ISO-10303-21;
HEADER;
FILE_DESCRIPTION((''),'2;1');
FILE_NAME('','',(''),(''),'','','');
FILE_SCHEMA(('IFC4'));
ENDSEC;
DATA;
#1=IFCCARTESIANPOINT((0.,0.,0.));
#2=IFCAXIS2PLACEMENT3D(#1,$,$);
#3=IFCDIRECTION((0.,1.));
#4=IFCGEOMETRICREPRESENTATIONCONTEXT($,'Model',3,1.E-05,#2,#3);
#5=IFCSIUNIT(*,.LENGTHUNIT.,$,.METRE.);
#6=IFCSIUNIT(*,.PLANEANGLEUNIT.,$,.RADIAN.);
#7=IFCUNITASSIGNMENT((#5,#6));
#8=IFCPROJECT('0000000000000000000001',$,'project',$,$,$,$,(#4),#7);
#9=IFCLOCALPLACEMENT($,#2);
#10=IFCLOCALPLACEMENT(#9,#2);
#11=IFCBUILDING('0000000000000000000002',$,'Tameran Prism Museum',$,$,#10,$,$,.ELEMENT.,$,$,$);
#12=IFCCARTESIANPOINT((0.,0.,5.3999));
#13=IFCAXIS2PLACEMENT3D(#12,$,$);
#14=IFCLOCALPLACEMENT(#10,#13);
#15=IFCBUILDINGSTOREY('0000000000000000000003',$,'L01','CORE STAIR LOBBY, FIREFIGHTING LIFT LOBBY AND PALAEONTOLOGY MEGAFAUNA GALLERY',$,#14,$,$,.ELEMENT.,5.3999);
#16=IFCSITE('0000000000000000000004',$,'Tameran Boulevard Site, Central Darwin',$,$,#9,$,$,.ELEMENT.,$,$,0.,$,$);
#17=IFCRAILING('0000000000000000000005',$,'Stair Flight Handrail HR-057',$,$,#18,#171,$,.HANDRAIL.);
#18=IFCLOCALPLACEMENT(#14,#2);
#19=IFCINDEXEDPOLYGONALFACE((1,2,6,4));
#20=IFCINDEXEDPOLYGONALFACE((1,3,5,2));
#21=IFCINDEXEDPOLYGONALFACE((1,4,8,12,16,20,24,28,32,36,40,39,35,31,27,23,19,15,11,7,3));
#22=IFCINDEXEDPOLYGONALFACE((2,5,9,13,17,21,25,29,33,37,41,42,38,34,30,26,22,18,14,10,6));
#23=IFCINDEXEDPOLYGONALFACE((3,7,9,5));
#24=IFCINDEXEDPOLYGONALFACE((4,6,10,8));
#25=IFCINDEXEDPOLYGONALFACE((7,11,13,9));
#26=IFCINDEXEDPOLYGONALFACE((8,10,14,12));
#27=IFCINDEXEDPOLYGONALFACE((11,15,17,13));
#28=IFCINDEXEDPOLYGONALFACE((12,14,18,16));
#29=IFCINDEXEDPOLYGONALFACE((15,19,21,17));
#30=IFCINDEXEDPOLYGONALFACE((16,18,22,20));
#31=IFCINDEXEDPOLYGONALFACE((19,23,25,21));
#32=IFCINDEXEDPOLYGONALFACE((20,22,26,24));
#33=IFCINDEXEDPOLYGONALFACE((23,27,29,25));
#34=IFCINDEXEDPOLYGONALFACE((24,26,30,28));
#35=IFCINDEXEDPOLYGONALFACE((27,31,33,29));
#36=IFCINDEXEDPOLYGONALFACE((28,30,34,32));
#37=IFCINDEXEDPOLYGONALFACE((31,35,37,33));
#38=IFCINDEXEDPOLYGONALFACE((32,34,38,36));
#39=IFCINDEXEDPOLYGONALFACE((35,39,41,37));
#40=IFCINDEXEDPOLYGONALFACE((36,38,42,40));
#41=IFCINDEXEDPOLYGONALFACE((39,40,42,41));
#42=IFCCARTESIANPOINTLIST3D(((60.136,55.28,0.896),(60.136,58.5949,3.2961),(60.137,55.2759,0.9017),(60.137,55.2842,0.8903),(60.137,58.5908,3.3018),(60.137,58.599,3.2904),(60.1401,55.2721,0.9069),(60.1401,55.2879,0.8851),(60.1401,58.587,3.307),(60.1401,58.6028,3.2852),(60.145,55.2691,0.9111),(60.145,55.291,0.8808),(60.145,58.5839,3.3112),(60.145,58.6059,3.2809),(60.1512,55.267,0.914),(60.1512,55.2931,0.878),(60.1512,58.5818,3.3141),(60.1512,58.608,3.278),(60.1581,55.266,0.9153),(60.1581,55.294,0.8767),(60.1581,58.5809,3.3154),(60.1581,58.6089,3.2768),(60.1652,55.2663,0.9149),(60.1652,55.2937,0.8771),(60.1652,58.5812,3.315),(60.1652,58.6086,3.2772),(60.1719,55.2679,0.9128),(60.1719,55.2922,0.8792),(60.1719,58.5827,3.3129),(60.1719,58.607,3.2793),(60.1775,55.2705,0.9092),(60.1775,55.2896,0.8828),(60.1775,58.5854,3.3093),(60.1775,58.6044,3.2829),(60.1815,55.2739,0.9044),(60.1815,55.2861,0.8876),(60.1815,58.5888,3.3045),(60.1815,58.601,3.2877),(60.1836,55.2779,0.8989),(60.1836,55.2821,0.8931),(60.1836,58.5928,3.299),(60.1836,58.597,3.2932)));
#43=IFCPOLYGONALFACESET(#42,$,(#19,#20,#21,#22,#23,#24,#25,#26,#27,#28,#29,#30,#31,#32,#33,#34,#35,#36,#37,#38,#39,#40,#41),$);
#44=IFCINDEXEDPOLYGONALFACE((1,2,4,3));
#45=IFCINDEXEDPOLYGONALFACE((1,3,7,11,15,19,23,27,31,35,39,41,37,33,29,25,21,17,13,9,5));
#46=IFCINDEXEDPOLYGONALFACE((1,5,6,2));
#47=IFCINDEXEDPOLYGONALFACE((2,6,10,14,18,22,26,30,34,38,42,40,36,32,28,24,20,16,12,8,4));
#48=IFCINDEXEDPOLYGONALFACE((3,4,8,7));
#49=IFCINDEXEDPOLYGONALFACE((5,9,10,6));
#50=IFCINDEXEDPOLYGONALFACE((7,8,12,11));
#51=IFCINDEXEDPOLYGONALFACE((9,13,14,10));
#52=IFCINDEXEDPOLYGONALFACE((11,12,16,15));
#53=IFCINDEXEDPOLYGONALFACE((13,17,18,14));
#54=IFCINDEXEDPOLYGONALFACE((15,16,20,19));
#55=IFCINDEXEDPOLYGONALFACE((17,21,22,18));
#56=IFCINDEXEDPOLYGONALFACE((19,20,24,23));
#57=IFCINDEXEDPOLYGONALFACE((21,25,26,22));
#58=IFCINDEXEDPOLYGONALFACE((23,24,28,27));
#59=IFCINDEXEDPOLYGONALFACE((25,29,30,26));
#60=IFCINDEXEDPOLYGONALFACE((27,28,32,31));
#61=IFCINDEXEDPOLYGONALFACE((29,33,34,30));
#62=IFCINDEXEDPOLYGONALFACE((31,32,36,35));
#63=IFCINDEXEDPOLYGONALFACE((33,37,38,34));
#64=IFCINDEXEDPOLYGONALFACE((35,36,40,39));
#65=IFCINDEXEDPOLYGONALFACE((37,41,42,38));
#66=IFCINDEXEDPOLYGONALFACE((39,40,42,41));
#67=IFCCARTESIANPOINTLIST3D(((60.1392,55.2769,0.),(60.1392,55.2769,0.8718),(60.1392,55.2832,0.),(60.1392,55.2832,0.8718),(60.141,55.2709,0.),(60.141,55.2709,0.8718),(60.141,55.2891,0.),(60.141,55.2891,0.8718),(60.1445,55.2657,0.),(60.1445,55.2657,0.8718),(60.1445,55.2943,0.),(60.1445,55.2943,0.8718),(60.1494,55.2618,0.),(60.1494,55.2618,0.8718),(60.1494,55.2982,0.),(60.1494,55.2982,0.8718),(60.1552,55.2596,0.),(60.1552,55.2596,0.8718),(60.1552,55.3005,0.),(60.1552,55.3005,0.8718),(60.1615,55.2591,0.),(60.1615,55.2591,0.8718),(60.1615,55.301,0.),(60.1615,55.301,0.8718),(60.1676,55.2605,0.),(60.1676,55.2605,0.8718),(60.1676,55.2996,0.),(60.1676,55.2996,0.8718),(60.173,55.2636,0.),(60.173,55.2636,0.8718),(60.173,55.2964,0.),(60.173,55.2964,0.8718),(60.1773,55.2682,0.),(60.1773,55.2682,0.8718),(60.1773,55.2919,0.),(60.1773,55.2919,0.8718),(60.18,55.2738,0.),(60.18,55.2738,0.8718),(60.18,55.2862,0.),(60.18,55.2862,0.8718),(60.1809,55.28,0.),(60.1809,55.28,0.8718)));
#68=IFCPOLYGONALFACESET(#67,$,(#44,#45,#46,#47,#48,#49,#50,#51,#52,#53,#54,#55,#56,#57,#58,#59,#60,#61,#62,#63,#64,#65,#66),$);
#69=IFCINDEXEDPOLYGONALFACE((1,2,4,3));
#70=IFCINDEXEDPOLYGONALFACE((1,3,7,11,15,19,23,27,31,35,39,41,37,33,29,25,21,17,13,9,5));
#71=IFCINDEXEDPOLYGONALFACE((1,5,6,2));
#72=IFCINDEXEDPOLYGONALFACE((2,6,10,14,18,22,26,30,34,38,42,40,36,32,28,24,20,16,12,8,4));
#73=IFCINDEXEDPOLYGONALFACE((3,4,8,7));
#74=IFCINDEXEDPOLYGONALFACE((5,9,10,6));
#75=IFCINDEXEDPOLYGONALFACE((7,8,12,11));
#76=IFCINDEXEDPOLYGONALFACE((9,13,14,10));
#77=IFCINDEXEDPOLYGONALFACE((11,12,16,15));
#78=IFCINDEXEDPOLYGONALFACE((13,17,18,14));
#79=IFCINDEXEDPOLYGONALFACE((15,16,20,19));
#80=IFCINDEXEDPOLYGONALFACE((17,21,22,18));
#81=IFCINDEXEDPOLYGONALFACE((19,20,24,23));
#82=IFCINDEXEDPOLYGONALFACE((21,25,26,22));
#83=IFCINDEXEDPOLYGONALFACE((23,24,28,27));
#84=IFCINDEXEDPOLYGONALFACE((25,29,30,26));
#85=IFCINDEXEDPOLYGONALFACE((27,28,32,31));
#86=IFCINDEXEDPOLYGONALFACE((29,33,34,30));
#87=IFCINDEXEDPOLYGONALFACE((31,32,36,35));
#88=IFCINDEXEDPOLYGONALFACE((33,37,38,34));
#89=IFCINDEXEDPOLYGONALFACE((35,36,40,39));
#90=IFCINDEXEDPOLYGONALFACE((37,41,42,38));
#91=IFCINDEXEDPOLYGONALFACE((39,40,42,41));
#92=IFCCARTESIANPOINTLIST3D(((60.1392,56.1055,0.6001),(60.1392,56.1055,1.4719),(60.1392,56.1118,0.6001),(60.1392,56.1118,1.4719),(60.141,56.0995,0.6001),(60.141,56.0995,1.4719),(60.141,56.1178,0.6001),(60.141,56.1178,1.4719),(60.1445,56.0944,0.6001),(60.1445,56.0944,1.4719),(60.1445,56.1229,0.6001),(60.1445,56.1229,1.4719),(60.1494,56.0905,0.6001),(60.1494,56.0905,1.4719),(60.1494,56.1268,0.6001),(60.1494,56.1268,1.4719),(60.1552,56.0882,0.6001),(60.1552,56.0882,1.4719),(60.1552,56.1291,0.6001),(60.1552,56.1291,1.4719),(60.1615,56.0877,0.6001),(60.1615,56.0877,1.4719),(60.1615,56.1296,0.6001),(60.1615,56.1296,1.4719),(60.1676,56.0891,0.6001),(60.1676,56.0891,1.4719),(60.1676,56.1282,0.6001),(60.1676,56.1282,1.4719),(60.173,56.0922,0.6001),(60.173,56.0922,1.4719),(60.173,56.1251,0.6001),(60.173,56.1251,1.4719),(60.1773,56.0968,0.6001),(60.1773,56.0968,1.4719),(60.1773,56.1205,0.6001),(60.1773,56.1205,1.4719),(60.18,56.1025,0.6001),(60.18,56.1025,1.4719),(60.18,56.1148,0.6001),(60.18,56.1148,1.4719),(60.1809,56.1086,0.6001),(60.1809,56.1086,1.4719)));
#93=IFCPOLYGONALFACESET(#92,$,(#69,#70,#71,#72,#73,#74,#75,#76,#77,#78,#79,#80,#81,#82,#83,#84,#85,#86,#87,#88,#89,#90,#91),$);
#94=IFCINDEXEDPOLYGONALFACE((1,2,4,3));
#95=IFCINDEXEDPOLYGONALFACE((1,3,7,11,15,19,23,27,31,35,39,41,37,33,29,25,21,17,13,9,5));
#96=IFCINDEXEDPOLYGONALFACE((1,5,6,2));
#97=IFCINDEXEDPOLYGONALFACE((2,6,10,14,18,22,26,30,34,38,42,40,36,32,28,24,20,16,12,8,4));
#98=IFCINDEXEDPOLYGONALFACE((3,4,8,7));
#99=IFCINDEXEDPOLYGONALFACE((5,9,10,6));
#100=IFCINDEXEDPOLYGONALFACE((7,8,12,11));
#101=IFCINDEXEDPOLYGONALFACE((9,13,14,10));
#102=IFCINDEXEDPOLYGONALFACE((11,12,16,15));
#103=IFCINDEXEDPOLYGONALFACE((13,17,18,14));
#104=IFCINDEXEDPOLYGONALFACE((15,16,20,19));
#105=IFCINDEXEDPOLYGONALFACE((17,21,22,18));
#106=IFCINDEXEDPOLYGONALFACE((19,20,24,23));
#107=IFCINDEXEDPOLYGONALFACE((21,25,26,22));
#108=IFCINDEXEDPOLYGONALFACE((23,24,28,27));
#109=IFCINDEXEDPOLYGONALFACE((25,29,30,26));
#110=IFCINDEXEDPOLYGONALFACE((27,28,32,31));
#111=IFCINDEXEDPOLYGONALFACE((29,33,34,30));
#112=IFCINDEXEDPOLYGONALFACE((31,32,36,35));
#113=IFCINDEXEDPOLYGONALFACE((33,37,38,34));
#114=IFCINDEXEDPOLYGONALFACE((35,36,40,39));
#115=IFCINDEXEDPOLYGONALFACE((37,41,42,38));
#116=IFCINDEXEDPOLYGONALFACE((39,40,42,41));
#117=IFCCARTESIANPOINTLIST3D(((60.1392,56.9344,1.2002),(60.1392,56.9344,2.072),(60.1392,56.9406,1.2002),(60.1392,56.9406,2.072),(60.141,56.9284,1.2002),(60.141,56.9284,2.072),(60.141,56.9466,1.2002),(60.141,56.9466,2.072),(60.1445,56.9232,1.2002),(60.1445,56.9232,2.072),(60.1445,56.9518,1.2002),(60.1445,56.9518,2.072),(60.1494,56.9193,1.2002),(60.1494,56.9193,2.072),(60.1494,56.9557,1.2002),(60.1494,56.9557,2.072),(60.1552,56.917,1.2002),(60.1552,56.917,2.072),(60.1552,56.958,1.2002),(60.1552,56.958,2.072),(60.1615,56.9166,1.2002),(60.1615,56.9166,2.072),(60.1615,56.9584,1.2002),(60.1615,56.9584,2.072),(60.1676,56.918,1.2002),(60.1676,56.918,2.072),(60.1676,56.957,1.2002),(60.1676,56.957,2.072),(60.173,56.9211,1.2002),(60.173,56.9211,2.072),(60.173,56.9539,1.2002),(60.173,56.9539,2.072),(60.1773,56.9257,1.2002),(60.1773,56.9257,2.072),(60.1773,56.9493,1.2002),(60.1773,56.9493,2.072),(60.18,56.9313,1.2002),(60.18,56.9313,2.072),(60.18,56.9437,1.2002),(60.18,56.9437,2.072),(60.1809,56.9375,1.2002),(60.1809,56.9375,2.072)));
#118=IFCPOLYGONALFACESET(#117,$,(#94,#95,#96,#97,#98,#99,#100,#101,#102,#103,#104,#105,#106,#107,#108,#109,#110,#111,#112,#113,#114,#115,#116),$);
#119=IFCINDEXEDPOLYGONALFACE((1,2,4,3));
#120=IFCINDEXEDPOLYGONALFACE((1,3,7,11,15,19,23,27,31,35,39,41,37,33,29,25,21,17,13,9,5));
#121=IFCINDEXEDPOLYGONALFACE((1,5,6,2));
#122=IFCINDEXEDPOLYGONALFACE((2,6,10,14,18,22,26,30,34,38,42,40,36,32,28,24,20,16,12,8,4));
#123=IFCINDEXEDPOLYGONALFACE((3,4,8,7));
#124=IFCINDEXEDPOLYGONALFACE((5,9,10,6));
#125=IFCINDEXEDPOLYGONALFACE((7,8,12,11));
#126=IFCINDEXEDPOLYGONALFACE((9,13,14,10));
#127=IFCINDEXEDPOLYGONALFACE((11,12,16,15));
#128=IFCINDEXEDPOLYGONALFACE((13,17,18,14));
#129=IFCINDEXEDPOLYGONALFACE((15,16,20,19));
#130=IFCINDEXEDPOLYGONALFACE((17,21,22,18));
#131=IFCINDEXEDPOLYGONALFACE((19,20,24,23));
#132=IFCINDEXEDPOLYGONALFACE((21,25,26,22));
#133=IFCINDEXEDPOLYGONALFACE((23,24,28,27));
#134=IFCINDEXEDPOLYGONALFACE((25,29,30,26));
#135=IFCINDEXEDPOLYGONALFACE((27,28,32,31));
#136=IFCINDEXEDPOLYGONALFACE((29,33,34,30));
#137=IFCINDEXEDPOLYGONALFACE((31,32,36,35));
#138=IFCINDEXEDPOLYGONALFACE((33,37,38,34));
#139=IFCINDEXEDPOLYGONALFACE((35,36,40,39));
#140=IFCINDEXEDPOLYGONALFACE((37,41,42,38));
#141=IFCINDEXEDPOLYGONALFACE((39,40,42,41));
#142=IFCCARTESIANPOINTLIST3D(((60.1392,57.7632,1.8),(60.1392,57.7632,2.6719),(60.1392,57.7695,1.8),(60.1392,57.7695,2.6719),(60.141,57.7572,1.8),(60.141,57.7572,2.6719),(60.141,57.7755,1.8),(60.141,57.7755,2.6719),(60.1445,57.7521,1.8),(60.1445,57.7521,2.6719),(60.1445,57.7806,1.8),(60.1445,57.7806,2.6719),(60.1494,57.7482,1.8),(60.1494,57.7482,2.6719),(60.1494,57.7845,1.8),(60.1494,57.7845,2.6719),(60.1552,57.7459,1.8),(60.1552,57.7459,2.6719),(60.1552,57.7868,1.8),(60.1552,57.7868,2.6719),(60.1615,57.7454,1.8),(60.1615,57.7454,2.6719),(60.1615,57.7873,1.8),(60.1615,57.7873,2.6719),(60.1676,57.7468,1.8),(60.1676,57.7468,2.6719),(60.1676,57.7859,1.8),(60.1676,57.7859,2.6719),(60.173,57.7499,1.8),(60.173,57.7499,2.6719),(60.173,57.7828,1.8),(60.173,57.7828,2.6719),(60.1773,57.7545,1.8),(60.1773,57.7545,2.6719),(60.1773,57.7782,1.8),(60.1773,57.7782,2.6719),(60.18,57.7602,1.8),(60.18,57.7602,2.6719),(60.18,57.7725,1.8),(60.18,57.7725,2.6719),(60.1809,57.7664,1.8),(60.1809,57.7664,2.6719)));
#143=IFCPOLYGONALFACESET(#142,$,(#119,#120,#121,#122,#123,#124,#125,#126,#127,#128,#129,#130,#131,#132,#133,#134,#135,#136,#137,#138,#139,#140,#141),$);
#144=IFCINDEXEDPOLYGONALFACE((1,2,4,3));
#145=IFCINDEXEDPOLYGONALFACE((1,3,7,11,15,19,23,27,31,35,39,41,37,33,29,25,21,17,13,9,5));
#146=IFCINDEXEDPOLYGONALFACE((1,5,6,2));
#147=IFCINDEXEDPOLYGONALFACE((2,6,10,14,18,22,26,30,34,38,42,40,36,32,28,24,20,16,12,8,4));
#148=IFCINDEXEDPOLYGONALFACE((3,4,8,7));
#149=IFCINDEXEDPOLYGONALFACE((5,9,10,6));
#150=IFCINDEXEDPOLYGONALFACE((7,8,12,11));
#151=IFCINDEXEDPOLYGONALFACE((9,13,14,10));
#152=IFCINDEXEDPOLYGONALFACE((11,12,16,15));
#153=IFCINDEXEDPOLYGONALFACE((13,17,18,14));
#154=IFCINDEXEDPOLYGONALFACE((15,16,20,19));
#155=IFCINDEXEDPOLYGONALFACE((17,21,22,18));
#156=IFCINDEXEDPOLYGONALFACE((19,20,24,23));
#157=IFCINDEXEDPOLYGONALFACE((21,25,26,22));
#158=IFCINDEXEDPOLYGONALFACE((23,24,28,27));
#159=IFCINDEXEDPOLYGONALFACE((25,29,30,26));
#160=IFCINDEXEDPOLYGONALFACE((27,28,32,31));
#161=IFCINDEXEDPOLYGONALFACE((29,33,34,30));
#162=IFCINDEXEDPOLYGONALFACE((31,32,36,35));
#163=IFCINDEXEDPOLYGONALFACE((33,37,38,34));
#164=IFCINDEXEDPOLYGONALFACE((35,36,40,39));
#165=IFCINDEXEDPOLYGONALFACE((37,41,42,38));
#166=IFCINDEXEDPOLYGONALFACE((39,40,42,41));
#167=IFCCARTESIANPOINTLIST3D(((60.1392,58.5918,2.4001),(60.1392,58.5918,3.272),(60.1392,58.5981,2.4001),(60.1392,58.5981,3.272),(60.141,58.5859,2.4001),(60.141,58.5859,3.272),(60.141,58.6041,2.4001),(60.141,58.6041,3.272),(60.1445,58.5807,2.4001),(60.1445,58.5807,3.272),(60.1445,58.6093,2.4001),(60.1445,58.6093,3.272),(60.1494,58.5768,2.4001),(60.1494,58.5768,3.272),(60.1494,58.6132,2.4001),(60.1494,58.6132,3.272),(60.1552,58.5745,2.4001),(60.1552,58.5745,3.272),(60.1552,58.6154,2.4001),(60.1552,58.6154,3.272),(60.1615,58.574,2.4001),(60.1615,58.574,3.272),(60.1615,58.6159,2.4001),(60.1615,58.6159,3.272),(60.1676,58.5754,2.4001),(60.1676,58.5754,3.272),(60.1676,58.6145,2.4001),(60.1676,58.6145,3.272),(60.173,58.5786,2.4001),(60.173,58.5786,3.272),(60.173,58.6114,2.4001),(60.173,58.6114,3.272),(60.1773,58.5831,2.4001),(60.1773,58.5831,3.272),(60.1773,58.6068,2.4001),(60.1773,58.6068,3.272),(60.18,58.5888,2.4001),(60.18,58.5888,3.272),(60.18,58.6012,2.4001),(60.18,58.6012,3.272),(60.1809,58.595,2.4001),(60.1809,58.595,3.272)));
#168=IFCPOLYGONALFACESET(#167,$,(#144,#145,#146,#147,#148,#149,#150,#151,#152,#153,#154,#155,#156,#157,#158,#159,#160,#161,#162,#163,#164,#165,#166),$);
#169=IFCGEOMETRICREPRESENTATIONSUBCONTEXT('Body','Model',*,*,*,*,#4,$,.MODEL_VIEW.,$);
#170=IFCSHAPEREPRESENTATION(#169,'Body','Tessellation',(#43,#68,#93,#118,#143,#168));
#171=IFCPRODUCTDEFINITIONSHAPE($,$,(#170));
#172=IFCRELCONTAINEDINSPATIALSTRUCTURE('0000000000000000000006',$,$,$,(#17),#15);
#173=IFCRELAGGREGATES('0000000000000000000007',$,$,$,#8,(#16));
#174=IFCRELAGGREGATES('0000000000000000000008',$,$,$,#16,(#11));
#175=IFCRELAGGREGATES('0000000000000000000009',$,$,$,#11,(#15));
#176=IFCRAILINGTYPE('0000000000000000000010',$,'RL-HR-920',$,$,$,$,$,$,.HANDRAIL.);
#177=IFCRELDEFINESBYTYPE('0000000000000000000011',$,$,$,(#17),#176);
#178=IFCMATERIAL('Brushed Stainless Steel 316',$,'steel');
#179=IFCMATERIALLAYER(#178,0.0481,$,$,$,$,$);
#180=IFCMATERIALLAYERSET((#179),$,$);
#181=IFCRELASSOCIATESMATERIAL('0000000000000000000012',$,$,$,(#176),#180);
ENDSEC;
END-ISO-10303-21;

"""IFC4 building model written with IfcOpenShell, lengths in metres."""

from ifc_helpers import new_model, si_unit, direction, frame, origin, origin_2d, place, context, subcontext, project, spatial, circle, extrude, material, layer, layer_set, type_object, element, save


model = new_model("IFC4")

# Units and contexts
model_context = context("Model", 3, precision=1e-05, world=origin(), true_north=direction((0.0, 1.0)))
body_context = subcontext(model_context, "Body", "Model", "MODEL_VIEW")
ifc_project = project(units=[si_unit("LENGTHUNIT", "METRE"), si_unit("PLANEANGLEUNIT", "RADIAN")], contexts=[model_context])

# Site, building, storey
site_placement = place(None, origin())
site = spatial("IfcSite", under=ifc_project, at=site_placement, Name="Tameran Boulevard Site, Central Darwin", CompositionType="ELEMENT", RefElevation=0.0)
building_placement = place(site_placement, origin())
building = spatial("IfcBuilding", under=site, at=building_placement, Name="Tameran Prism Museum", CompositionType="ELEMENT")
storey_placement = place(building_placement, frame((0.0, 0.0, 5.3999)))
storey = spatial("IfcBuildingStorey", under=building, at=storey_placement, Name="L01", Description="CORE STAIR LOBBY, FIREFIGHTING LIFT LOBBY AND PALAEONTOLOGY MEGAFAUNA GALLERY", CompositionType="ELEMENT", Elevation=5.3999)

# Railing
ifc_material_1 = material(Name="Brushed Stainless Steel 316", Category="steel")
ifc_layer_1 = layer(ifc_material_1, 0.0481)
ifc_layer_set_1 = layer_set([ifc_layer_1])
railing_type_1 = type_object("IfcRailingType", Name="RL-HR-920", PredefinedType="HANDRAIL", material=ifc_layer_set_1)
railing_1_placement = place(storey_placement, frame((60.1599, 55.28, 0.0)))
element("IfcRailing", 1, at=railing_1_placement, inside=storey, type_object=railing_type_1, Name="Stair Flight Handrail HR-057", PredefinedType="HANDRAIL", context=body_context, shape_type="SweptSolid", body=[
    extrude(circle(Radius=0.0239, at=origin_2d()), frame((0.0, 0.0, 0.896), z_axis=(0.0, 0.80998, 0.586457), x_axis=(-1.0, 0.0, 0.0)), (0.0, 0.0, 1.0), 4.0925),
    extrude(circle(Radius=0.021, at=origin_2d()), origin(), (0.0, 0.0, 1.0), 0.8718),
    extrude(circle(Radius=0.021, at=origin_2d()), frame((0.0, 0.8286, 0.6001)), (0.0, 0.0, 1.0), 0.8718),
    extrude(circle(Radius=0.021, at=origin_2d()), frame((0.0, 1.6575, 1.2002)), (0.0, 0.0, 1.0), 0.8718),
    extrude(circle(Radius=0.021, at=origin_2d()), frame((0.0, 2.4863, 1.8)), (0.0, 0.0, 1.0), 0.8718),
    extrude(circle(Radius=0.021, at=origin_2d()), frame((0.0, 3.3149, 2.4001)), (0.0, 0.0, 1.0), 0.8718),
])

save(model, "model.ifc")
